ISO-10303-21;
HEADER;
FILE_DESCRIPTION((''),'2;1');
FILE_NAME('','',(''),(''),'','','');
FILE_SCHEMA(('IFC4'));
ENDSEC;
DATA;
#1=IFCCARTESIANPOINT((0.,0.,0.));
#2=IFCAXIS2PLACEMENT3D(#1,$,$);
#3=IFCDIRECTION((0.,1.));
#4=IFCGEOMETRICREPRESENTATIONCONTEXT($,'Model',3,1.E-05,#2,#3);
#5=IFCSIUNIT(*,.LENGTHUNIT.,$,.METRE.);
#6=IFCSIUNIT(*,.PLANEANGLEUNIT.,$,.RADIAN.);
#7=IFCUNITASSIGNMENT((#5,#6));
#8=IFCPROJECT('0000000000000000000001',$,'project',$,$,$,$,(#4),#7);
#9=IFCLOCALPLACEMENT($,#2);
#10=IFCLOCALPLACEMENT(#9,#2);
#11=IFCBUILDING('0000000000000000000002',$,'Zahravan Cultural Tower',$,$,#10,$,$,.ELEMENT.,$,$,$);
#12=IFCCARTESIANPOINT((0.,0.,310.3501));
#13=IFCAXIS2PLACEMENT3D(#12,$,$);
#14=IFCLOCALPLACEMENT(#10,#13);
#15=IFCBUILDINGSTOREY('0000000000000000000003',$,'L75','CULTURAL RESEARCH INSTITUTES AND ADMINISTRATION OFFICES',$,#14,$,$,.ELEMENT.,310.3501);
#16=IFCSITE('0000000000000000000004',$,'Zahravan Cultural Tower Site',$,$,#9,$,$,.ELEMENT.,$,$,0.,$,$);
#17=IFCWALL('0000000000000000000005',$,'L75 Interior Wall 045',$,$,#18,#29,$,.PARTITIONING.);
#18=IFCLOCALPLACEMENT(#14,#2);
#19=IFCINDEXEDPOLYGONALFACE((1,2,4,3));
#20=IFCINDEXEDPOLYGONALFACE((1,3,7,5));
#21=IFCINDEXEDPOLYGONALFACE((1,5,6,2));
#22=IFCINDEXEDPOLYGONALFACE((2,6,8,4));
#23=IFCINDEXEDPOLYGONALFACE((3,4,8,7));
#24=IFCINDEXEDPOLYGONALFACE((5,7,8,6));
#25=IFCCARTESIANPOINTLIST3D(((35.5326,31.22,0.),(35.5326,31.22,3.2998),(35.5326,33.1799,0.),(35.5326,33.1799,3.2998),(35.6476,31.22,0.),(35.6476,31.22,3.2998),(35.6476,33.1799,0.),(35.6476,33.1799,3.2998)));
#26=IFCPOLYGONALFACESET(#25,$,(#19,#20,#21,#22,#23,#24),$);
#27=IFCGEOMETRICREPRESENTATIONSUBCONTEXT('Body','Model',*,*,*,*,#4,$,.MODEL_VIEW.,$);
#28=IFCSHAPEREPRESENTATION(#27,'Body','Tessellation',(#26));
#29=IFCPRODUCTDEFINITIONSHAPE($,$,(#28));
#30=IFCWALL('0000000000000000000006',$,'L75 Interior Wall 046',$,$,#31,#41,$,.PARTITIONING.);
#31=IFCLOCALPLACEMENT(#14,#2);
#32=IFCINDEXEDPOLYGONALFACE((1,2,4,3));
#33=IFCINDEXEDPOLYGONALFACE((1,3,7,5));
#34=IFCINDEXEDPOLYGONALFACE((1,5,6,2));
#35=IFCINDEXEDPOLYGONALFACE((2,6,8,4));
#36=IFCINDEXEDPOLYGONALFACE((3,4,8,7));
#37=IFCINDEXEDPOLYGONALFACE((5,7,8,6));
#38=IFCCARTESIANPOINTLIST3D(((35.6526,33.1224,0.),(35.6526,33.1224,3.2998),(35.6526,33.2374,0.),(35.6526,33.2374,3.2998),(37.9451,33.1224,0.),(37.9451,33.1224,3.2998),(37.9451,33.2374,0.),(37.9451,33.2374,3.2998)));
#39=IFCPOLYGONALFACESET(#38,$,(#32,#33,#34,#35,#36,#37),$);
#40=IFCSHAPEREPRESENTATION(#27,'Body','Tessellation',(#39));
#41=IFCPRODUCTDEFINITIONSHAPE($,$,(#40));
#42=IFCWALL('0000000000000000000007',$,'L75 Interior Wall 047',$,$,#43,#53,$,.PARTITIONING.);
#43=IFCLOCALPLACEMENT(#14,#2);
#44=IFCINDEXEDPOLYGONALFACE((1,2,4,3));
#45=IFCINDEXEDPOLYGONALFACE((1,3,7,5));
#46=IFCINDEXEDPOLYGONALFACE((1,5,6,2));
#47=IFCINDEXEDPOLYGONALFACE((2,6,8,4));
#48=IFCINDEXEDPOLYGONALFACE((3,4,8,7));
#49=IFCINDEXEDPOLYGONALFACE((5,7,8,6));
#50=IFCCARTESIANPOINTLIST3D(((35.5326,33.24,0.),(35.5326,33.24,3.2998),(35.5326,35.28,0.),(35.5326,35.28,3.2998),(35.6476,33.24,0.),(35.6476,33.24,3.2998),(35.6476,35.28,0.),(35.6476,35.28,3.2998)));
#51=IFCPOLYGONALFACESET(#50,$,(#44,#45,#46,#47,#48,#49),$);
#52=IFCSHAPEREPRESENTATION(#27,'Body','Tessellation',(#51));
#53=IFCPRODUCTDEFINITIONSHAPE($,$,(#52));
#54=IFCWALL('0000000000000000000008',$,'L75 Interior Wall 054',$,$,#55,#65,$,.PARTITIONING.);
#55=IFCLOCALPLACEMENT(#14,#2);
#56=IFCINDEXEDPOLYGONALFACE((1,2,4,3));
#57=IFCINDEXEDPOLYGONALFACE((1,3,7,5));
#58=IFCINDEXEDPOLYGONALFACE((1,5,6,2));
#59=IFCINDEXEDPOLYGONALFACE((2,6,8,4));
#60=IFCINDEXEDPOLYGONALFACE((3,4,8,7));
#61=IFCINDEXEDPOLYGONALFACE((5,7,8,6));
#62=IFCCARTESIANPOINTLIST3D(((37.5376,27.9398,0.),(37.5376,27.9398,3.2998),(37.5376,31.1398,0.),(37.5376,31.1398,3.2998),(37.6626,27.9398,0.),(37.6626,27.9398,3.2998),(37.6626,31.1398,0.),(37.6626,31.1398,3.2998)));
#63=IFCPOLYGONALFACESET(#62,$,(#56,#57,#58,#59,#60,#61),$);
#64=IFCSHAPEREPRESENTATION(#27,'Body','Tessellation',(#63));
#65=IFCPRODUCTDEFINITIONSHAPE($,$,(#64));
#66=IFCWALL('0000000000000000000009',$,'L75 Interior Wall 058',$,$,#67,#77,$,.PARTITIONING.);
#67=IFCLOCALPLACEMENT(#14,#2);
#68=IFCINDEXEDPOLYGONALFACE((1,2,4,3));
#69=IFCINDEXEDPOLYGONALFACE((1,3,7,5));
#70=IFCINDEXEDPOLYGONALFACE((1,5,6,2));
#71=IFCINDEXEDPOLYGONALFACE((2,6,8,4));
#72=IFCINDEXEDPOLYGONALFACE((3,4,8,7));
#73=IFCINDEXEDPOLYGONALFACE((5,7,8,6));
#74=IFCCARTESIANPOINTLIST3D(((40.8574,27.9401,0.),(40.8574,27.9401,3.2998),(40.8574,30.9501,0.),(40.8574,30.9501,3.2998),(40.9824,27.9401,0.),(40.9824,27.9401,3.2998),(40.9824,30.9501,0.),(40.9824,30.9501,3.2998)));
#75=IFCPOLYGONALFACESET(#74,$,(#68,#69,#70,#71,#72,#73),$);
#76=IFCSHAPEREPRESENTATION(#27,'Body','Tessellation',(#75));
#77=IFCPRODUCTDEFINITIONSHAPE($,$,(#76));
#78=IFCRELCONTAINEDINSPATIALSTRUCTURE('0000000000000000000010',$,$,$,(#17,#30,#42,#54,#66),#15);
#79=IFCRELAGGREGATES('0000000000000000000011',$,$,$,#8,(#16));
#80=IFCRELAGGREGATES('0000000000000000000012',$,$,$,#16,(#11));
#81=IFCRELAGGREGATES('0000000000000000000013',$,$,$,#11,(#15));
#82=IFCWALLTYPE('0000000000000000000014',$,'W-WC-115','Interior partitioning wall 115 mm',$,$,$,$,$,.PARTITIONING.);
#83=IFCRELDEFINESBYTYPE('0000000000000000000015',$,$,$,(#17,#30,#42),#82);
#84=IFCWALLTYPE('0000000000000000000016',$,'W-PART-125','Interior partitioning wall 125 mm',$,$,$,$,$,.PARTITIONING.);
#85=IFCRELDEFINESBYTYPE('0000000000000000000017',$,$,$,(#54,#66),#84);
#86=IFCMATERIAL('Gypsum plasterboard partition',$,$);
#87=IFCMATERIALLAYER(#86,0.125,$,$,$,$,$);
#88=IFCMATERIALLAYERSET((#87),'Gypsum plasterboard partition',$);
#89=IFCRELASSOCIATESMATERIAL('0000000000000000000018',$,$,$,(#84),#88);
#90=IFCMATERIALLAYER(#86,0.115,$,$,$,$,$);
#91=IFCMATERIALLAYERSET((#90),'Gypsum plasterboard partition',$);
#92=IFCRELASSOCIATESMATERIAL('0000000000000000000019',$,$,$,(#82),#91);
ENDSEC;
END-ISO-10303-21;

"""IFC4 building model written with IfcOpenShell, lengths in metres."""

from ifc_helpers import new_model, si_unit, direction, frame, frame_2d, origin, place, context, subcontext, project, spatial, rectangle, extrude, source, transform, mapped, material, layer, layer_set, type_object, element, save


model = new_model("IFC4")

# Units and contexts
model_context = context("Model", 3, precision=1e-05, world=origin(), true_north=direction((0.0, 1.0)))
body_context = subcontext(model_context, "Body", "Model", "MODEL_VIEW")
ifc_project = project(units=[si_unit("LENGTHUNIT", "METRE"), si_unit("PLANEANGLEUNIT", "RADIAN")], contexts=[model_context])

# Site, building, storey
site_placement = place(None, origin())
site = spatial("IfcSite", under=ifc_project, at=site_placement, Name="Zahravan Cultural Tower Site", CompositionType="ELEMENT", RefElevation=0.0)
building_placement = place(site_placement, origin())
building = spatial("IfcBuilding", under=site, at=building_placement, Name="Zahravan Cultural Tower", CompositionType="ELEMENT")
storey_placement = place(building_placement, frame((0.0, 0.0, 310.3501)))
storey = spatial("IfcBuildingStorey", under=building, at=storey_placement, Name="L75", Description="CULTURAL RESEARCH INSTITUTES AND ADMINISTRATION OFFICES", CompositionType="ELEMENT", Elevation=310.3501)

# Shared definitions
ifc_material_1 = material(Name="Gypsum plasterboard partition")
ifc_layer_1 = layer(ifc_material_1, 0.125)
ifc_layer_set_1 = layer_set([ifc_layer_1], Name="Gypsum plasterboard partition")
wall_type_1 = type_object("IfcWallType", Name="W-PART-125", Description="Interior partitioning wall 125 mm", PredefinedType="PARTITIONING", material=ifc_layer_set_1)
ifc_layer_2 = layer(ifc_material_1, 0.115)
ifc_layer_set_2 = layer_set([ifc_layer_2], Name="Gypsum plasterboard partition")
wall_type_2 = type_object("IfcWallType", Name="W-WC-115", Description="Interior partitioning wall 115 mm", PredefinedType="PARTITIONING", material=ifc_layer_set_2)

# Walls
shared_shape_1 = source(origin(), body_context, "Body", "SweptSolid", [
    extrude(rectangle(XDim=1.96, YDim=0.115, at=frame_2d((0.98, 0.0))), origin(), (0.0, 0.0, 1.0), 3.2998),
])
wall_1_placement = place(storey_placement, frame((35.5901, 31.22, 0.0), z_axis=(0.0, 0.0, 1.0), x_axis=(0.0, 1.0, 0.0)))
element("IfcWall", 1, at=wall_1_placement, inside=storey, type_object=wall_type_2, Name="L75 Interior Wall 045", PredefinedType="PARTITIONING", context=body_context, shape_type="MappedRepresentation", body=[
    mapped(shared_shape_1, transform((0.0, 0.0, 0.0), x_axis=(1.0, 0.0, 0.0), y_axis=(0.0, 1.0, 0.0), z_axis=(0.0, 0.0, 1.0), scale=1.0)),
])
shared_shape_2 = source(origin(), body_context, "Body", "SweptSolid", [
    extrude(rectangle(XDim=2.2925, YDim=0.115, at=frame_2d((1.1462, 0.0))), origin(), (0.0, 0.0, 1.0), 3.2998),
])
wall_2_placement = place(storey_placement, frame((35.6526, 33.1799, 0.0), z_axis=(0.0, 0.0, 1.0), x_axis=(1.0, 0.0, 0.0)))
element("IfcWall", 2, at=wall_2_placement, inside=storey, type_object=wall_type_2, Name="L75 Interior Wall 046", PredefinedType="PARTITIONING", context=body_context, shape_type="MappedRepresentation", body=[
    mapped(shared_shape_2, transform((0.0, 0.0, 0.0), x_axis=(1.0, 0.0, 0.0), y_axis=(0.0, 1.0, 0.0), z_axis=(0.0, 0.0, 1.0), scale=1.0)),
])
shared_shape_3 = source(origin(), body_context, "Body", "SweptSolid", [
    extrude(rectangle(XDim=2.04, YDim=0.115, at=frame_2d((1.02, 0.0))), origin(), (0.0, 0.0, 1.0), 3.2998),
])
wall_3_placement = place(storey_placement, frame((35.5901, 33.24, 0.0), z_axis=(0.0, 0.0, 1.0), x_axis=(0.0, 1.0, 0.0)))
element("IfcWall", 3, at=wall_3_placement, inside=storey, type_object=wall_type_2, Name="L75 Interior Wall 047", PredefinedType="PARTITIONING", context=body_context, shape_type="MappedRepresentation", body=[
    mapped(shared_shape_3, transform((0.0, 0.0, 0.0), x_axis=(1.0, 0.0, 0.0), y_axis=(0.0, 1.0, 0.0), z_axis=(0.0, 0.0, 1.0), scale=1.0)),
])
shared_shape_4 = source(origin(), body_context, "Body", "SweptSolid", [
    extrude(rectangle(XDim=3.2, YDim=0.125, at=frame_2d((1.6001, 0.0))), origin(), (0.0, 0.0, 1.0), 3.2998),
])
wall_4_placement = place(storey_placement, frame((37.6001, 31.1399, 0.0), z_axis=(0.0, 0.0, 1.0), x_axis=(0.0, -1.0, 0.0)))
element("IfcWall", 4, at=wall_4_placement, inside=storey, type_object=wall_type_1, Name="L75 Interior Wall 054", PredefinedType="PARTITIONING", context=body_context, shape_type="MappedRepresentation", body=[
    mapped(shared_shape_4, transform((0.0, 0.0, 0.0), x_axis=(1.0, 0.0, 0.0), y_axis=(0.0, 1.0, 0.0), z_axis=(0.0, 0.0, 1.0), scale=1.0)),
])
shared_shape_5 = source(origin(), body_context, "Body", "SweptSolid", [
    extrude(rectangle(XDim=3.01, YDim=0.125, at=frame_2d((1.5049, 0.0))), origin(), (0.0, 0.0, 1.0), 3.2998),
])
wall_5_placement = place(storey_placement, frame((40.9199, 30.95, 0.0), z_axis=(0.0, 0.0, 1.0), x_axis=(0.0, -1.0, 0.0)))
element("IfcWall", 5, at=wall_5_placement, inside=storey, type_object=wall_type_1, Name="L75 Interior Wall 058", PredefinedType="PARTITIONING", context=body_context, shape_type="MappedRepresentation", body=[
    mapped(shared_shape_5, transform((0.0, 0.0, 0.0), x_axis=(1.0, 0.0, 0.0), y_axis=(0.0, 1.0, 0.0), z_axis=(0.0, 0.0, 1.0), scale=1.0)),
])

save(model, "model.ifc")
